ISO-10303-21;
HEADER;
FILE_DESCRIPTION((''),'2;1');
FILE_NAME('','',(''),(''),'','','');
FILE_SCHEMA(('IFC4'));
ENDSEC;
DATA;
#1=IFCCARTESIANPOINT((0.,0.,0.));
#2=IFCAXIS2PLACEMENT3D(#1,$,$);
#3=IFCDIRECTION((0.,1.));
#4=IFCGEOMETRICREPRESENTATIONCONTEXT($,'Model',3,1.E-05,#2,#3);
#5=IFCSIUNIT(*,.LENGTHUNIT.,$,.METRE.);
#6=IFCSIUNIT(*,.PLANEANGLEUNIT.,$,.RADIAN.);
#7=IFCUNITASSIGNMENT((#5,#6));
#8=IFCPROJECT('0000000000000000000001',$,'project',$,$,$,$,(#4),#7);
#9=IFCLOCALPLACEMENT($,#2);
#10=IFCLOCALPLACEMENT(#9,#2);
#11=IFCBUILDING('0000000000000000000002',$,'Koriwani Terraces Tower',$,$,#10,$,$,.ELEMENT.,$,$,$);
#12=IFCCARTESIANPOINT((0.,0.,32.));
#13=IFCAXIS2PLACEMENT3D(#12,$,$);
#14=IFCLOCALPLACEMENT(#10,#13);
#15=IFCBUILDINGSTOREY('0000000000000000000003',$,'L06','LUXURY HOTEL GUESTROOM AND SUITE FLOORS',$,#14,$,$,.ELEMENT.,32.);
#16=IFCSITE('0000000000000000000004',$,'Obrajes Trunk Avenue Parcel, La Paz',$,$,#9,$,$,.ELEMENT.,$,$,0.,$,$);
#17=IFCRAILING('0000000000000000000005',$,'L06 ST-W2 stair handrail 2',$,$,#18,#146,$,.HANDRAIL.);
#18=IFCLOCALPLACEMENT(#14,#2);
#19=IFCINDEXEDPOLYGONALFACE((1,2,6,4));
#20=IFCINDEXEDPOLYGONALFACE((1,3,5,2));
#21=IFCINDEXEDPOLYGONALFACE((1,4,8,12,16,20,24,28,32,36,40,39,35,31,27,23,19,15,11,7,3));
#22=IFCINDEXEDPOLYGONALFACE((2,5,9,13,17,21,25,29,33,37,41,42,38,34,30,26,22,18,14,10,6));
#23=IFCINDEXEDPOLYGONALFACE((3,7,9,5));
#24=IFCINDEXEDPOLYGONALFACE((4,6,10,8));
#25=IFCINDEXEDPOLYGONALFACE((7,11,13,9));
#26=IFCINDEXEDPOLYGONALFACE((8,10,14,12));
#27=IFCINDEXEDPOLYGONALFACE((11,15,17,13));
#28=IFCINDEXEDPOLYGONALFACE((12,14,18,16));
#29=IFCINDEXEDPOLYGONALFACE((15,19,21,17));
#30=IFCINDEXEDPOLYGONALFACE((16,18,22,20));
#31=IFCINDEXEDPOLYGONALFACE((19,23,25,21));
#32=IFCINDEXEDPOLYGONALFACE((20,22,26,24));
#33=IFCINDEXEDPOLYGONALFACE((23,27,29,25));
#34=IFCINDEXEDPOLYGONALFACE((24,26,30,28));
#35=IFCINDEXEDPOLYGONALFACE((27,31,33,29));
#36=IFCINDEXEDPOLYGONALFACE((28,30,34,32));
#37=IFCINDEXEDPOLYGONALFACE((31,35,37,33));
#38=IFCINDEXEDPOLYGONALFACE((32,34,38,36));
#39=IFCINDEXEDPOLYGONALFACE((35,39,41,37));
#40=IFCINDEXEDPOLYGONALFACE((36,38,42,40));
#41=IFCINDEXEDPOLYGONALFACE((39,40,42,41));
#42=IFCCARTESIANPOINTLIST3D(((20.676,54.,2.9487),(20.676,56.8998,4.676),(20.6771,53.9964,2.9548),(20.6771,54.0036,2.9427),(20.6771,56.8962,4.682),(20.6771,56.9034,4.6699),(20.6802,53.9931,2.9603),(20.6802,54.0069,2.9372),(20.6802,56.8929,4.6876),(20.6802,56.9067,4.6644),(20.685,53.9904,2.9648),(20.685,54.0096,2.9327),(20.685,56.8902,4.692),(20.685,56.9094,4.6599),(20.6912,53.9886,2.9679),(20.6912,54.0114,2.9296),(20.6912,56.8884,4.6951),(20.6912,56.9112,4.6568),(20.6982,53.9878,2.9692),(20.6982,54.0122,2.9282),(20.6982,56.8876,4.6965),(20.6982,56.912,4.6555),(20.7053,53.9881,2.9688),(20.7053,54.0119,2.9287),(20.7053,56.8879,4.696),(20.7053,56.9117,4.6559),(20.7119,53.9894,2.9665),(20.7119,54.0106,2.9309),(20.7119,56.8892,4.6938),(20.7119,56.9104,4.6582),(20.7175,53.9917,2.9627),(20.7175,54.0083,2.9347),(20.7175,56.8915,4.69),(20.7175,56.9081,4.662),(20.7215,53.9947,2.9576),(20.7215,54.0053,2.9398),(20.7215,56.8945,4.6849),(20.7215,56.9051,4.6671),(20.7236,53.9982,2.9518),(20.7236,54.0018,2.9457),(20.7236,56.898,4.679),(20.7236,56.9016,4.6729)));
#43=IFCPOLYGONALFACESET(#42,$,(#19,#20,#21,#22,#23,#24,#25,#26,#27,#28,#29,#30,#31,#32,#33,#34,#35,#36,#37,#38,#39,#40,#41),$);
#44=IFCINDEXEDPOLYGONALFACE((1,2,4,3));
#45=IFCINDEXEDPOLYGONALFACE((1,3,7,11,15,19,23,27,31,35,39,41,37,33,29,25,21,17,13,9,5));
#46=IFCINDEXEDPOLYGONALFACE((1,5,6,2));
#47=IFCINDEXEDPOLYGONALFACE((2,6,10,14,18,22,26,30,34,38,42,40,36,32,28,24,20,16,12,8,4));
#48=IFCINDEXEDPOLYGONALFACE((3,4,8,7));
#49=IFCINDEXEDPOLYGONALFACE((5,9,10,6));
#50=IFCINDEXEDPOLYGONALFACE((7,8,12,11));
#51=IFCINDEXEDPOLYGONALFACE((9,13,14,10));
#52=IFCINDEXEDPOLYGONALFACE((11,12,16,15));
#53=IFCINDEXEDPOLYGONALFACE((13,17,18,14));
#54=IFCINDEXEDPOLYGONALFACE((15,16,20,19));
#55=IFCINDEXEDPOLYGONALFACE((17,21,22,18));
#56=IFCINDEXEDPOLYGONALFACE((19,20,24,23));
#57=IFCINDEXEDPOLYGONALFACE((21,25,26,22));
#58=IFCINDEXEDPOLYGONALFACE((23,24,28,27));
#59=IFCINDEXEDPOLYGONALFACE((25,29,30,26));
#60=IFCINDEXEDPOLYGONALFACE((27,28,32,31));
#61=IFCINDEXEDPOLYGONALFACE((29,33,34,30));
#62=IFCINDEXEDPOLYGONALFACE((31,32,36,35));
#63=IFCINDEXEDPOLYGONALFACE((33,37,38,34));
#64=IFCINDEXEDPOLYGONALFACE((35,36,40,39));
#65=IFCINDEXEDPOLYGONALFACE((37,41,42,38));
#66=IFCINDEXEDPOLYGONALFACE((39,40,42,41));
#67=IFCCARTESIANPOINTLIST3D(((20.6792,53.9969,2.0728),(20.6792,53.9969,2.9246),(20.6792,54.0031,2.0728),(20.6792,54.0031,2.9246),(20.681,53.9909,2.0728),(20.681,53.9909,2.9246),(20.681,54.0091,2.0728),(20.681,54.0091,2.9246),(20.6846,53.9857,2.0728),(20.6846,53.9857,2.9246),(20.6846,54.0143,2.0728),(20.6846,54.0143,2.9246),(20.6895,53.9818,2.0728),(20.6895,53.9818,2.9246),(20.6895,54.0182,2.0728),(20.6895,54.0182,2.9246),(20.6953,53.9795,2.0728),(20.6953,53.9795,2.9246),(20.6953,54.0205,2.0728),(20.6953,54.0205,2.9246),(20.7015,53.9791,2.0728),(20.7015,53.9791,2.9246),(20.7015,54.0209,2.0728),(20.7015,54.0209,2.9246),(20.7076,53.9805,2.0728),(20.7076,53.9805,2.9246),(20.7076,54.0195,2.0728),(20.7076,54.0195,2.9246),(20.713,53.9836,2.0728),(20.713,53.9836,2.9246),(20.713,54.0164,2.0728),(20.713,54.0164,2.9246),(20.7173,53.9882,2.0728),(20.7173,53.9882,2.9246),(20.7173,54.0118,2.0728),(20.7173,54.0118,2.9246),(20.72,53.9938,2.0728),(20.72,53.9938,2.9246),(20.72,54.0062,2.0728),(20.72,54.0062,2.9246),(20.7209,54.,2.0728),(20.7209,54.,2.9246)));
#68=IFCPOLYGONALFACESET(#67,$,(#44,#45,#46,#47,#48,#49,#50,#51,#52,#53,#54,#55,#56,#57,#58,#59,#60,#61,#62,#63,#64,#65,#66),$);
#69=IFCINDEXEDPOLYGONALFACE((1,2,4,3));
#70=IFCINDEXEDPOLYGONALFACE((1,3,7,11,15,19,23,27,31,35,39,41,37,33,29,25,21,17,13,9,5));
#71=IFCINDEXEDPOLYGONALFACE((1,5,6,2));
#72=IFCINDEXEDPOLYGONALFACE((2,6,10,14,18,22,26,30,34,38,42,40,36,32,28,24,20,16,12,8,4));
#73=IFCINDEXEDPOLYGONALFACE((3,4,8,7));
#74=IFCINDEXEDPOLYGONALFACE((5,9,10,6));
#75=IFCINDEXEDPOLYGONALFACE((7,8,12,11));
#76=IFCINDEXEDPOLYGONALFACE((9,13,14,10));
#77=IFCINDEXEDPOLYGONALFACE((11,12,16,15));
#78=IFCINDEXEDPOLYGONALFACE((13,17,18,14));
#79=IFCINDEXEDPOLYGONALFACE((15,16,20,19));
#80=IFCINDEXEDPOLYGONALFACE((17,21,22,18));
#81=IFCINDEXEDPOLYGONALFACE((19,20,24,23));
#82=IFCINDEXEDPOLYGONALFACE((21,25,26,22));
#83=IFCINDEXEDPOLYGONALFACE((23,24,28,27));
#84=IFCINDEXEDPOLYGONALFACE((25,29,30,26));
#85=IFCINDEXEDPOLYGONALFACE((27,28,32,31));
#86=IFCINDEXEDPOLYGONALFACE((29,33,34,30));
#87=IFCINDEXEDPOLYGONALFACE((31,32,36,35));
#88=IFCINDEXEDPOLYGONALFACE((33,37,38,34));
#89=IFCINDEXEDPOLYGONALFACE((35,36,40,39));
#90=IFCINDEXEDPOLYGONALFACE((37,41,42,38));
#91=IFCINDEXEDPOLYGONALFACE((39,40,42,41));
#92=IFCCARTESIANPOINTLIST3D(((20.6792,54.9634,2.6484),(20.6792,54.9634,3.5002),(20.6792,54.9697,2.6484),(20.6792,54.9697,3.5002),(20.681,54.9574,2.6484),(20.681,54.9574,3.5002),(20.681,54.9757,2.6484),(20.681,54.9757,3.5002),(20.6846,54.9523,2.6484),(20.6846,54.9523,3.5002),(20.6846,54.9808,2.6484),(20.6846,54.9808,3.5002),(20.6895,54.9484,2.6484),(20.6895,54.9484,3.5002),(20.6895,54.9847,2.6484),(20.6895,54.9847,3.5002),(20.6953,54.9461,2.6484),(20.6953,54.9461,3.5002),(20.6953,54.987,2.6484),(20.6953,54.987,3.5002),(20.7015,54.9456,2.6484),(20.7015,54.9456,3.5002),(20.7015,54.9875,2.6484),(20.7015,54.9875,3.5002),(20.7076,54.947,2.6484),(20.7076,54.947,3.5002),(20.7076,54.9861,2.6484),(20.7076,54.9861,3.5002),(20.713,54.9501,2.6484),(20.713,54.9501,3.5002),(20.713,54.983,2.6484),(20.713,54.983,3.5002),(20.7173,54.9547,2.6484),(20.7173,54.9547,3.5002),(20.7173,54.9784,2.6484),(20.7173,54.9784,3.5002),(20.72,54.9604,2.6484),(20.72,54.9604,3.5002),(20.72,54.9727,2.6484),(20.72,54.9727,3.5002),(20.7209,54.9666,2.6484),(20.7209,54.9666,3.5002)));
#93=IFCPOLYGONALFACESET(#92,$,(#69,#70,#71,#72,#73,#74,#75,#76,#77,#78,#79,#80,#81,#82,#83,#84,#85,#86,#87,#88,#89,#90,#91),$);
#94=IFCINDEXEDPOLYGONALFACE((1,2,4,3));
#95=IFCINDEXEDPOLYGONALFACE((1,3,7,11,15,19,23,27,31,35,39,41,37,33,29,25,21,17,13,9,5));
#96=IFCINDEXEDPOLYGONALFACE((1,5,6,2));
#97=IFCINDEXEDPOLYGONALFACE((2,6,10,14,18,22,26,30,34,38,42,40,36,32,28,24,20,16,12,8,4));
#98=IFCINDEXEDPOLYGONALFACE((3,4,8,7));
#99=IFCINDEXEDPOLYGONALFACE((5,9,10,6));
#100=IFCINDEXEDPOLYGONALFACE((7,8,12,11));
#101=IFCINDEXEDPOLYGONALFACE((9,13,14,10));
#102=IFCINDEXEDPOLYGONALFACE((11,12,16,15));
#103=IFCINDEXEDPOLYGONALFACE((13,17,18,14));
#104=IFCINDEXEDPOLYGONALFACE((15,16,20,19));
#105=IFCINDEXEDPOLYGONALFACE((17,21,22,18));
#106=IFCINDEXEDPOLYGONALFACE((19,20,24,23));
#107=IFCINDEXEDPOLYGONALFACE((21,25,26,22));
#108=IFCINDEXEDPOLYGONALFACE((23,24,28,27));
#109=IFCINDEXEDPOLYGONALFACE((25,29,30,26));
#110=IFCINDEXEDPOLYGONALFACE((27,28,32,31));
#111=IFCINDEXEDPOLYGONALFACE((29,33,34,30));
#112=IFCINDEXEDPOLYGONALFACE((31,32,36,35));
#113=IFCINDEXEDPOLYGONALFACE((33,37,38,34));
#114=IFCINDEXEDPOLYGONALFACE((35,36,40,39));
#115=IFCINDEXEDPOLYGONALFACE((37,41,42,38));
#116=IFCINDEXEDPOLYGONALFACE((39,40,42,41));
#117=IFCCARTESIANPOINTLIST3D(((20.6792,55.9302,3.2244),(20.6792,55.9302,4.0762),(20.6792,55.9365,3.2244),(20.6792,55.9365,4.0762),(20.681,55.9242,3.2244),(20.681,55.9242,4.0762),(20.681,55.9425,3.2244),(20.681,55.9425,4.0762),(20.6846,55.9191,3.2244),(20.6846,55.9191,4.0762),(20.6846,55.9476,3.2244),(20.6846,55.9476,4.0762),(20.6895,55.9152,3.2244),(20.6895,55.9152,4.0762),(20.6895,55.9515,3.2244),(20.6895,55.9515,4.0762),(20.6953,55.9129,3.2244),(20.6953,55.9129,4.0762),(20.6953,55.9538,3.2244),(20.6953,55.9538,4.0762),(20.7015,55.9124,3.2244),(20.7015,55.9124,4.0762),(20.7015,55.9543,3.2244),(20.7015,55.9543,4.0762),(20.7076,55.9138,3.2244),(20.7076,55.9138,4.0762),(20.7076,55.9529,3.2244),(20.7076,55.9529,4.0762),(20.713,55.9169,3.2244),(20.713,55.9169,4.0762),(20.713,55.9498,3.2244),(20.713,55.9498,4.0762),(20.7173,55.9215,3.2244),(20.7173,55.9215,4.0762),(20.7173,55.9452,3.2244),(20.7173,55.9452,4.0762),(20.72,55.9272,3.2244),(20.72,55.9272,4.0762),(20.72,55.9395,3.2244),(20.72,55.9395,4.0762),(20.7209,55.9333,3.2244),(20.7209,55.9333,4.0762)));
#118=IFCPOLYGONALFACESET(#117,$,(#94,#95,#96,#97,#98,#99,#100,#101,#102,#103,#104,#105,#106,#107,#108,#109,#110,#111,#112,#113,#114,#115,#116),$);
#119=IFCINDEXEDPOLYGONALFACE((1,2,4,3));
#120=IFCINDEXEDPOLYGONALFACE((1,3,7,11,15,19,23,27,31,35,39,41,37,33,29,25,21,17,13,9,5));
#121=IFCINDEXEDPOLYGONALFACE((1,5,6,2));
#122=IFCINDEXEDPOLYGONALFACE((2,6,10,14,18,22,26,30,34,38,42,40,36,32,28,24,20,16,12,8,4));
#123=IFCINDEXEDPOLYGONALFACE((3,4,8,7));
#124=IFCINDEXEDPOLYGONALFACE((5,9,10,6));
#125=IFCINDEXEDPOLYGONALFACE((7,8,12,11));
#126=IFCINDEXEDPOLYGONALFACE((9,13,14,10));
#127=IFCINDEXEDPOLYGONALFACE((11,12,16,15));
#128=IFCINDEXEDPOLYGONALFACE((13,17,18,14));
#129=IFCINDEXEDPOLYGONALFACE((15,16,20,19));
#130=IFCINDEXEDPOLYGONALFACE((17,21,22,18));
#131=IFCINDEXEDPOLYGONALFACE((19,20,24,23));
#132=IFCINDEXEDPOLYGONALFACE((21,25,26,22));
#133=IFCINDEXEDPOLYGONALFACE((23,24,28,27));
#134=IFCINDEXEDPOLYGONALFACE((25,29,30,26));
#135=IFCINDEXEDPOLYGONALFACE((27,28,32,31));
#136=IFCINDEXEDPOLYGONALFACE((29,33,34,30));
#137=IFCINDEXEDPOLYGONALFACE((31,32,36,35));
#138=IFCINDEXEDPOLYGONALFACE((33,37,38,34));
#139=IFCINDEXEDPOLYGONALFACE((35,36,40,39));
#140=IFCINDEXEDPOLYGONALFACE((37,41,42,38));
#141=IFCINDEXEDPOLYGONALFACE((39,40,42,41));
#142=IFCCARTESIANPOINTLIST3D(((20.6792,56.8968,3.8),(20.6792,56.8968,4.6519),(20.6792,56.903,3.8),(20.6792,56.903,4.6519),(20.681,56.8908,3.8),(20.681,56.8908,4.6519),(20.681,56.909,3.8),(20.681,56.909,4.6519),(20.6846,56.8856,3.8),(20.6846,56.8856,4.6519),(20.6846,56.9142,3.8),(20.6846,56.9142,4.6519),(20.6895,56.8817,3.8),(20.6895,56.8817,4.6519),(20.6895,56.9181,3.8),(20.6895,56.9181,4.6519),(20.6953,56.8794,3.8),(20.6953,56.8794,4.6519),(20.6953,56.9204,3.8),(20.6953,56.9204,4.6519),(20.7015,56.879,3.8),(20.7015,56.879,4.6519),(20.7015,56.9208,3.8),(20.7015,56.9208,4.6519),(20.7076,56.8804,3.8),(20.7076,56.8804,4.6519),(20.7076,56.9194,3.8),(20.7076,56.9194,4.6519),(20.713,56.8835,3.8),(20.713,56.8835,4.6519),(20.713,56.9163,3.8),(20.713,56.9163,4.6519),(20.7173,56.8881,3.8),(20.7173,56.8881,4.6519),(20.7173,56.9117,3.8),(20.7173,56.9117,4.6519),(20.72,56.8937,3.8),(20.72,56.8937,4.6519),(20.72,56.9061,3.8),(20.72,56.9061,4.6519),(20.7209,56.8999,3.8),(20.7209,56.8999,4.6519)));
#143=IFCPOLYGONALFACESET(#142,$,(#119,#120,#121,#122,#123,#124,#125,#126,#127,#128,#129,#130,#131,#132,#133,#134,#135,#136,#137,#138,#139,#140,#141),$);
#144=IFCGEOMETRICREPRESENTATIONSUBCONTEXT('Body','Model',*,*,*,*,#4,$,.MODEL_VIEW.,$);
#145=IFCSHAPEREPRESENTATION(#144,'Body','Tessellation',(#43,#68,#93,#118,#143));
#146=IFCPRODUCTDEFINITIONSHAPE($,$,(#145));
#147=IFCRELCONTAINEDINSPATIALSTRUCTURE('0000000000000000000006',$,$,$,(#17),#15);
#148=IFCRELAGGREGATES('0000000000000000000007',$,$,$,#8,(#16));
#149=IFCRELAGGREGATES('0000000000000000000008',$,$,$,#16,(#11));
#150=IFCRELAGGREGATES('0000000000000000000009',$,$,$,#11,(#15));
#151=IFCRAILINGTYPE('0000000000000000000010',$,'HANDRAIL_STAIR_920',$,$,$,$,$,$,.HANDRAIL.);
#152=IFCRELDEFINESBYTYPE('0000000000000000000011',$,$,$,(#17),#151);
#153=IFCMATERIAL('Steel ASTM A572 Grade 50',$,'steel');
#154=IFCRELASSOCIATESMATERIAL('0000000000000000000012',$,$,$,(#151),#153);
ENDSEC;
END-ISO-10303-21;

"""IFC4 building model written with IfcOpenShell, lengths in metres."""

from ifc_helpers import new_model, si_unit, direction, frame, origin, origin_2d, place, context, subcontext, project, spatial, circle, extrude, material, type_object, element, save


model = new_model("IFC4")

# Units and contexts
model_context = context("Model", 3, precision=1e-05, world=origin(), true_north=direction((0.0, 1.0)))
body_context = subcontext(model_context, "Body", "Model", "MODEL_VIEW")
ifc_project = project(units=[si_unit("LENGTHUNIT", "METRE"), si_unit("PLANEANGLEUNIT", "RADIAN")], contexts=[model_context])

# Site, building, storey
site_placement = place(None, origin())
site = spatial("IfcSite", under=ifc_project, at=site_placement, Name="Obrajes Trunk Avenue Parcel, La Paz", CompositionType="ELEMENT", RefElevation=0.0)
building_placement = place(site_placement, origin())
building = spatial("IfcBuilding", under=site, at=building_placement, Name="Koriwani Terraces Tower", CompositionType="ELEMENT")
storey_placement = place(building_placement, frame((0.0, 0.0, 32.0)))
storey = spatial("IfcBuildingStorey", under=building, at=storey_placement, Name="L06", Description="LUXURY HOTEL GUESTROOM AND SUITE FLOORS", CompositionType="ELEMENT", Elevation=32.0)

# Shared definitions
ifc_material_1 = material(Name="Steel ASTM A572 Grade 50", Category="steel")

# Railing
railing_type_1 = type_object("IfcRailingType", Name="HANDRAIL_STAIR_920", PredefinedType="HANDRAIL", material=ifc_material_1)
railing_1_placement = place(storey_placement, frame((20.7, 54.0, 2.0728)))
element("IfcRailing", 1, at=railing_1_placement, inside=storey, type_object=railing_type_1, Name="L06 ST-W2 stair handrail 2", PredefinedType="HANDRAIL", context=body_context, shape_type="SweptSolid", body=[
    extrude(circle(Radius=0.0239, at=origin_2d()), frame((0.0, 0.0, 0.876), z_axis=(0.0, 0.859141, 0.511738), x_axis=(-1.0, 0.0, 0.0)), (0.0, 0.0, 1.0), 3.3752),
    extrude(circle(Radius=0.021, at=origin_2d()), origin(), (0.0, 0.0, 1.0), 0.8518),
    extrude(circle(Radius=0.021, at=origin_2d()), frame((0.0, 0.9666, 0.5757)), (0.0, 0.0, 1.0), 0.8518),
    extrude(circle(Radius=0.021, at=origin_2d()), frame((0.0, 1.9333, 1.1516)), (0.0, 0.0, 1.0), 0.8518),
    extrude(circle(Radius=0.021, at=origin_2d()), frame((0.0, 2.8999, 1.7273)), (0.0, 0.0, 1.0), 0.8518),
])

save(model, "model.ifc")
